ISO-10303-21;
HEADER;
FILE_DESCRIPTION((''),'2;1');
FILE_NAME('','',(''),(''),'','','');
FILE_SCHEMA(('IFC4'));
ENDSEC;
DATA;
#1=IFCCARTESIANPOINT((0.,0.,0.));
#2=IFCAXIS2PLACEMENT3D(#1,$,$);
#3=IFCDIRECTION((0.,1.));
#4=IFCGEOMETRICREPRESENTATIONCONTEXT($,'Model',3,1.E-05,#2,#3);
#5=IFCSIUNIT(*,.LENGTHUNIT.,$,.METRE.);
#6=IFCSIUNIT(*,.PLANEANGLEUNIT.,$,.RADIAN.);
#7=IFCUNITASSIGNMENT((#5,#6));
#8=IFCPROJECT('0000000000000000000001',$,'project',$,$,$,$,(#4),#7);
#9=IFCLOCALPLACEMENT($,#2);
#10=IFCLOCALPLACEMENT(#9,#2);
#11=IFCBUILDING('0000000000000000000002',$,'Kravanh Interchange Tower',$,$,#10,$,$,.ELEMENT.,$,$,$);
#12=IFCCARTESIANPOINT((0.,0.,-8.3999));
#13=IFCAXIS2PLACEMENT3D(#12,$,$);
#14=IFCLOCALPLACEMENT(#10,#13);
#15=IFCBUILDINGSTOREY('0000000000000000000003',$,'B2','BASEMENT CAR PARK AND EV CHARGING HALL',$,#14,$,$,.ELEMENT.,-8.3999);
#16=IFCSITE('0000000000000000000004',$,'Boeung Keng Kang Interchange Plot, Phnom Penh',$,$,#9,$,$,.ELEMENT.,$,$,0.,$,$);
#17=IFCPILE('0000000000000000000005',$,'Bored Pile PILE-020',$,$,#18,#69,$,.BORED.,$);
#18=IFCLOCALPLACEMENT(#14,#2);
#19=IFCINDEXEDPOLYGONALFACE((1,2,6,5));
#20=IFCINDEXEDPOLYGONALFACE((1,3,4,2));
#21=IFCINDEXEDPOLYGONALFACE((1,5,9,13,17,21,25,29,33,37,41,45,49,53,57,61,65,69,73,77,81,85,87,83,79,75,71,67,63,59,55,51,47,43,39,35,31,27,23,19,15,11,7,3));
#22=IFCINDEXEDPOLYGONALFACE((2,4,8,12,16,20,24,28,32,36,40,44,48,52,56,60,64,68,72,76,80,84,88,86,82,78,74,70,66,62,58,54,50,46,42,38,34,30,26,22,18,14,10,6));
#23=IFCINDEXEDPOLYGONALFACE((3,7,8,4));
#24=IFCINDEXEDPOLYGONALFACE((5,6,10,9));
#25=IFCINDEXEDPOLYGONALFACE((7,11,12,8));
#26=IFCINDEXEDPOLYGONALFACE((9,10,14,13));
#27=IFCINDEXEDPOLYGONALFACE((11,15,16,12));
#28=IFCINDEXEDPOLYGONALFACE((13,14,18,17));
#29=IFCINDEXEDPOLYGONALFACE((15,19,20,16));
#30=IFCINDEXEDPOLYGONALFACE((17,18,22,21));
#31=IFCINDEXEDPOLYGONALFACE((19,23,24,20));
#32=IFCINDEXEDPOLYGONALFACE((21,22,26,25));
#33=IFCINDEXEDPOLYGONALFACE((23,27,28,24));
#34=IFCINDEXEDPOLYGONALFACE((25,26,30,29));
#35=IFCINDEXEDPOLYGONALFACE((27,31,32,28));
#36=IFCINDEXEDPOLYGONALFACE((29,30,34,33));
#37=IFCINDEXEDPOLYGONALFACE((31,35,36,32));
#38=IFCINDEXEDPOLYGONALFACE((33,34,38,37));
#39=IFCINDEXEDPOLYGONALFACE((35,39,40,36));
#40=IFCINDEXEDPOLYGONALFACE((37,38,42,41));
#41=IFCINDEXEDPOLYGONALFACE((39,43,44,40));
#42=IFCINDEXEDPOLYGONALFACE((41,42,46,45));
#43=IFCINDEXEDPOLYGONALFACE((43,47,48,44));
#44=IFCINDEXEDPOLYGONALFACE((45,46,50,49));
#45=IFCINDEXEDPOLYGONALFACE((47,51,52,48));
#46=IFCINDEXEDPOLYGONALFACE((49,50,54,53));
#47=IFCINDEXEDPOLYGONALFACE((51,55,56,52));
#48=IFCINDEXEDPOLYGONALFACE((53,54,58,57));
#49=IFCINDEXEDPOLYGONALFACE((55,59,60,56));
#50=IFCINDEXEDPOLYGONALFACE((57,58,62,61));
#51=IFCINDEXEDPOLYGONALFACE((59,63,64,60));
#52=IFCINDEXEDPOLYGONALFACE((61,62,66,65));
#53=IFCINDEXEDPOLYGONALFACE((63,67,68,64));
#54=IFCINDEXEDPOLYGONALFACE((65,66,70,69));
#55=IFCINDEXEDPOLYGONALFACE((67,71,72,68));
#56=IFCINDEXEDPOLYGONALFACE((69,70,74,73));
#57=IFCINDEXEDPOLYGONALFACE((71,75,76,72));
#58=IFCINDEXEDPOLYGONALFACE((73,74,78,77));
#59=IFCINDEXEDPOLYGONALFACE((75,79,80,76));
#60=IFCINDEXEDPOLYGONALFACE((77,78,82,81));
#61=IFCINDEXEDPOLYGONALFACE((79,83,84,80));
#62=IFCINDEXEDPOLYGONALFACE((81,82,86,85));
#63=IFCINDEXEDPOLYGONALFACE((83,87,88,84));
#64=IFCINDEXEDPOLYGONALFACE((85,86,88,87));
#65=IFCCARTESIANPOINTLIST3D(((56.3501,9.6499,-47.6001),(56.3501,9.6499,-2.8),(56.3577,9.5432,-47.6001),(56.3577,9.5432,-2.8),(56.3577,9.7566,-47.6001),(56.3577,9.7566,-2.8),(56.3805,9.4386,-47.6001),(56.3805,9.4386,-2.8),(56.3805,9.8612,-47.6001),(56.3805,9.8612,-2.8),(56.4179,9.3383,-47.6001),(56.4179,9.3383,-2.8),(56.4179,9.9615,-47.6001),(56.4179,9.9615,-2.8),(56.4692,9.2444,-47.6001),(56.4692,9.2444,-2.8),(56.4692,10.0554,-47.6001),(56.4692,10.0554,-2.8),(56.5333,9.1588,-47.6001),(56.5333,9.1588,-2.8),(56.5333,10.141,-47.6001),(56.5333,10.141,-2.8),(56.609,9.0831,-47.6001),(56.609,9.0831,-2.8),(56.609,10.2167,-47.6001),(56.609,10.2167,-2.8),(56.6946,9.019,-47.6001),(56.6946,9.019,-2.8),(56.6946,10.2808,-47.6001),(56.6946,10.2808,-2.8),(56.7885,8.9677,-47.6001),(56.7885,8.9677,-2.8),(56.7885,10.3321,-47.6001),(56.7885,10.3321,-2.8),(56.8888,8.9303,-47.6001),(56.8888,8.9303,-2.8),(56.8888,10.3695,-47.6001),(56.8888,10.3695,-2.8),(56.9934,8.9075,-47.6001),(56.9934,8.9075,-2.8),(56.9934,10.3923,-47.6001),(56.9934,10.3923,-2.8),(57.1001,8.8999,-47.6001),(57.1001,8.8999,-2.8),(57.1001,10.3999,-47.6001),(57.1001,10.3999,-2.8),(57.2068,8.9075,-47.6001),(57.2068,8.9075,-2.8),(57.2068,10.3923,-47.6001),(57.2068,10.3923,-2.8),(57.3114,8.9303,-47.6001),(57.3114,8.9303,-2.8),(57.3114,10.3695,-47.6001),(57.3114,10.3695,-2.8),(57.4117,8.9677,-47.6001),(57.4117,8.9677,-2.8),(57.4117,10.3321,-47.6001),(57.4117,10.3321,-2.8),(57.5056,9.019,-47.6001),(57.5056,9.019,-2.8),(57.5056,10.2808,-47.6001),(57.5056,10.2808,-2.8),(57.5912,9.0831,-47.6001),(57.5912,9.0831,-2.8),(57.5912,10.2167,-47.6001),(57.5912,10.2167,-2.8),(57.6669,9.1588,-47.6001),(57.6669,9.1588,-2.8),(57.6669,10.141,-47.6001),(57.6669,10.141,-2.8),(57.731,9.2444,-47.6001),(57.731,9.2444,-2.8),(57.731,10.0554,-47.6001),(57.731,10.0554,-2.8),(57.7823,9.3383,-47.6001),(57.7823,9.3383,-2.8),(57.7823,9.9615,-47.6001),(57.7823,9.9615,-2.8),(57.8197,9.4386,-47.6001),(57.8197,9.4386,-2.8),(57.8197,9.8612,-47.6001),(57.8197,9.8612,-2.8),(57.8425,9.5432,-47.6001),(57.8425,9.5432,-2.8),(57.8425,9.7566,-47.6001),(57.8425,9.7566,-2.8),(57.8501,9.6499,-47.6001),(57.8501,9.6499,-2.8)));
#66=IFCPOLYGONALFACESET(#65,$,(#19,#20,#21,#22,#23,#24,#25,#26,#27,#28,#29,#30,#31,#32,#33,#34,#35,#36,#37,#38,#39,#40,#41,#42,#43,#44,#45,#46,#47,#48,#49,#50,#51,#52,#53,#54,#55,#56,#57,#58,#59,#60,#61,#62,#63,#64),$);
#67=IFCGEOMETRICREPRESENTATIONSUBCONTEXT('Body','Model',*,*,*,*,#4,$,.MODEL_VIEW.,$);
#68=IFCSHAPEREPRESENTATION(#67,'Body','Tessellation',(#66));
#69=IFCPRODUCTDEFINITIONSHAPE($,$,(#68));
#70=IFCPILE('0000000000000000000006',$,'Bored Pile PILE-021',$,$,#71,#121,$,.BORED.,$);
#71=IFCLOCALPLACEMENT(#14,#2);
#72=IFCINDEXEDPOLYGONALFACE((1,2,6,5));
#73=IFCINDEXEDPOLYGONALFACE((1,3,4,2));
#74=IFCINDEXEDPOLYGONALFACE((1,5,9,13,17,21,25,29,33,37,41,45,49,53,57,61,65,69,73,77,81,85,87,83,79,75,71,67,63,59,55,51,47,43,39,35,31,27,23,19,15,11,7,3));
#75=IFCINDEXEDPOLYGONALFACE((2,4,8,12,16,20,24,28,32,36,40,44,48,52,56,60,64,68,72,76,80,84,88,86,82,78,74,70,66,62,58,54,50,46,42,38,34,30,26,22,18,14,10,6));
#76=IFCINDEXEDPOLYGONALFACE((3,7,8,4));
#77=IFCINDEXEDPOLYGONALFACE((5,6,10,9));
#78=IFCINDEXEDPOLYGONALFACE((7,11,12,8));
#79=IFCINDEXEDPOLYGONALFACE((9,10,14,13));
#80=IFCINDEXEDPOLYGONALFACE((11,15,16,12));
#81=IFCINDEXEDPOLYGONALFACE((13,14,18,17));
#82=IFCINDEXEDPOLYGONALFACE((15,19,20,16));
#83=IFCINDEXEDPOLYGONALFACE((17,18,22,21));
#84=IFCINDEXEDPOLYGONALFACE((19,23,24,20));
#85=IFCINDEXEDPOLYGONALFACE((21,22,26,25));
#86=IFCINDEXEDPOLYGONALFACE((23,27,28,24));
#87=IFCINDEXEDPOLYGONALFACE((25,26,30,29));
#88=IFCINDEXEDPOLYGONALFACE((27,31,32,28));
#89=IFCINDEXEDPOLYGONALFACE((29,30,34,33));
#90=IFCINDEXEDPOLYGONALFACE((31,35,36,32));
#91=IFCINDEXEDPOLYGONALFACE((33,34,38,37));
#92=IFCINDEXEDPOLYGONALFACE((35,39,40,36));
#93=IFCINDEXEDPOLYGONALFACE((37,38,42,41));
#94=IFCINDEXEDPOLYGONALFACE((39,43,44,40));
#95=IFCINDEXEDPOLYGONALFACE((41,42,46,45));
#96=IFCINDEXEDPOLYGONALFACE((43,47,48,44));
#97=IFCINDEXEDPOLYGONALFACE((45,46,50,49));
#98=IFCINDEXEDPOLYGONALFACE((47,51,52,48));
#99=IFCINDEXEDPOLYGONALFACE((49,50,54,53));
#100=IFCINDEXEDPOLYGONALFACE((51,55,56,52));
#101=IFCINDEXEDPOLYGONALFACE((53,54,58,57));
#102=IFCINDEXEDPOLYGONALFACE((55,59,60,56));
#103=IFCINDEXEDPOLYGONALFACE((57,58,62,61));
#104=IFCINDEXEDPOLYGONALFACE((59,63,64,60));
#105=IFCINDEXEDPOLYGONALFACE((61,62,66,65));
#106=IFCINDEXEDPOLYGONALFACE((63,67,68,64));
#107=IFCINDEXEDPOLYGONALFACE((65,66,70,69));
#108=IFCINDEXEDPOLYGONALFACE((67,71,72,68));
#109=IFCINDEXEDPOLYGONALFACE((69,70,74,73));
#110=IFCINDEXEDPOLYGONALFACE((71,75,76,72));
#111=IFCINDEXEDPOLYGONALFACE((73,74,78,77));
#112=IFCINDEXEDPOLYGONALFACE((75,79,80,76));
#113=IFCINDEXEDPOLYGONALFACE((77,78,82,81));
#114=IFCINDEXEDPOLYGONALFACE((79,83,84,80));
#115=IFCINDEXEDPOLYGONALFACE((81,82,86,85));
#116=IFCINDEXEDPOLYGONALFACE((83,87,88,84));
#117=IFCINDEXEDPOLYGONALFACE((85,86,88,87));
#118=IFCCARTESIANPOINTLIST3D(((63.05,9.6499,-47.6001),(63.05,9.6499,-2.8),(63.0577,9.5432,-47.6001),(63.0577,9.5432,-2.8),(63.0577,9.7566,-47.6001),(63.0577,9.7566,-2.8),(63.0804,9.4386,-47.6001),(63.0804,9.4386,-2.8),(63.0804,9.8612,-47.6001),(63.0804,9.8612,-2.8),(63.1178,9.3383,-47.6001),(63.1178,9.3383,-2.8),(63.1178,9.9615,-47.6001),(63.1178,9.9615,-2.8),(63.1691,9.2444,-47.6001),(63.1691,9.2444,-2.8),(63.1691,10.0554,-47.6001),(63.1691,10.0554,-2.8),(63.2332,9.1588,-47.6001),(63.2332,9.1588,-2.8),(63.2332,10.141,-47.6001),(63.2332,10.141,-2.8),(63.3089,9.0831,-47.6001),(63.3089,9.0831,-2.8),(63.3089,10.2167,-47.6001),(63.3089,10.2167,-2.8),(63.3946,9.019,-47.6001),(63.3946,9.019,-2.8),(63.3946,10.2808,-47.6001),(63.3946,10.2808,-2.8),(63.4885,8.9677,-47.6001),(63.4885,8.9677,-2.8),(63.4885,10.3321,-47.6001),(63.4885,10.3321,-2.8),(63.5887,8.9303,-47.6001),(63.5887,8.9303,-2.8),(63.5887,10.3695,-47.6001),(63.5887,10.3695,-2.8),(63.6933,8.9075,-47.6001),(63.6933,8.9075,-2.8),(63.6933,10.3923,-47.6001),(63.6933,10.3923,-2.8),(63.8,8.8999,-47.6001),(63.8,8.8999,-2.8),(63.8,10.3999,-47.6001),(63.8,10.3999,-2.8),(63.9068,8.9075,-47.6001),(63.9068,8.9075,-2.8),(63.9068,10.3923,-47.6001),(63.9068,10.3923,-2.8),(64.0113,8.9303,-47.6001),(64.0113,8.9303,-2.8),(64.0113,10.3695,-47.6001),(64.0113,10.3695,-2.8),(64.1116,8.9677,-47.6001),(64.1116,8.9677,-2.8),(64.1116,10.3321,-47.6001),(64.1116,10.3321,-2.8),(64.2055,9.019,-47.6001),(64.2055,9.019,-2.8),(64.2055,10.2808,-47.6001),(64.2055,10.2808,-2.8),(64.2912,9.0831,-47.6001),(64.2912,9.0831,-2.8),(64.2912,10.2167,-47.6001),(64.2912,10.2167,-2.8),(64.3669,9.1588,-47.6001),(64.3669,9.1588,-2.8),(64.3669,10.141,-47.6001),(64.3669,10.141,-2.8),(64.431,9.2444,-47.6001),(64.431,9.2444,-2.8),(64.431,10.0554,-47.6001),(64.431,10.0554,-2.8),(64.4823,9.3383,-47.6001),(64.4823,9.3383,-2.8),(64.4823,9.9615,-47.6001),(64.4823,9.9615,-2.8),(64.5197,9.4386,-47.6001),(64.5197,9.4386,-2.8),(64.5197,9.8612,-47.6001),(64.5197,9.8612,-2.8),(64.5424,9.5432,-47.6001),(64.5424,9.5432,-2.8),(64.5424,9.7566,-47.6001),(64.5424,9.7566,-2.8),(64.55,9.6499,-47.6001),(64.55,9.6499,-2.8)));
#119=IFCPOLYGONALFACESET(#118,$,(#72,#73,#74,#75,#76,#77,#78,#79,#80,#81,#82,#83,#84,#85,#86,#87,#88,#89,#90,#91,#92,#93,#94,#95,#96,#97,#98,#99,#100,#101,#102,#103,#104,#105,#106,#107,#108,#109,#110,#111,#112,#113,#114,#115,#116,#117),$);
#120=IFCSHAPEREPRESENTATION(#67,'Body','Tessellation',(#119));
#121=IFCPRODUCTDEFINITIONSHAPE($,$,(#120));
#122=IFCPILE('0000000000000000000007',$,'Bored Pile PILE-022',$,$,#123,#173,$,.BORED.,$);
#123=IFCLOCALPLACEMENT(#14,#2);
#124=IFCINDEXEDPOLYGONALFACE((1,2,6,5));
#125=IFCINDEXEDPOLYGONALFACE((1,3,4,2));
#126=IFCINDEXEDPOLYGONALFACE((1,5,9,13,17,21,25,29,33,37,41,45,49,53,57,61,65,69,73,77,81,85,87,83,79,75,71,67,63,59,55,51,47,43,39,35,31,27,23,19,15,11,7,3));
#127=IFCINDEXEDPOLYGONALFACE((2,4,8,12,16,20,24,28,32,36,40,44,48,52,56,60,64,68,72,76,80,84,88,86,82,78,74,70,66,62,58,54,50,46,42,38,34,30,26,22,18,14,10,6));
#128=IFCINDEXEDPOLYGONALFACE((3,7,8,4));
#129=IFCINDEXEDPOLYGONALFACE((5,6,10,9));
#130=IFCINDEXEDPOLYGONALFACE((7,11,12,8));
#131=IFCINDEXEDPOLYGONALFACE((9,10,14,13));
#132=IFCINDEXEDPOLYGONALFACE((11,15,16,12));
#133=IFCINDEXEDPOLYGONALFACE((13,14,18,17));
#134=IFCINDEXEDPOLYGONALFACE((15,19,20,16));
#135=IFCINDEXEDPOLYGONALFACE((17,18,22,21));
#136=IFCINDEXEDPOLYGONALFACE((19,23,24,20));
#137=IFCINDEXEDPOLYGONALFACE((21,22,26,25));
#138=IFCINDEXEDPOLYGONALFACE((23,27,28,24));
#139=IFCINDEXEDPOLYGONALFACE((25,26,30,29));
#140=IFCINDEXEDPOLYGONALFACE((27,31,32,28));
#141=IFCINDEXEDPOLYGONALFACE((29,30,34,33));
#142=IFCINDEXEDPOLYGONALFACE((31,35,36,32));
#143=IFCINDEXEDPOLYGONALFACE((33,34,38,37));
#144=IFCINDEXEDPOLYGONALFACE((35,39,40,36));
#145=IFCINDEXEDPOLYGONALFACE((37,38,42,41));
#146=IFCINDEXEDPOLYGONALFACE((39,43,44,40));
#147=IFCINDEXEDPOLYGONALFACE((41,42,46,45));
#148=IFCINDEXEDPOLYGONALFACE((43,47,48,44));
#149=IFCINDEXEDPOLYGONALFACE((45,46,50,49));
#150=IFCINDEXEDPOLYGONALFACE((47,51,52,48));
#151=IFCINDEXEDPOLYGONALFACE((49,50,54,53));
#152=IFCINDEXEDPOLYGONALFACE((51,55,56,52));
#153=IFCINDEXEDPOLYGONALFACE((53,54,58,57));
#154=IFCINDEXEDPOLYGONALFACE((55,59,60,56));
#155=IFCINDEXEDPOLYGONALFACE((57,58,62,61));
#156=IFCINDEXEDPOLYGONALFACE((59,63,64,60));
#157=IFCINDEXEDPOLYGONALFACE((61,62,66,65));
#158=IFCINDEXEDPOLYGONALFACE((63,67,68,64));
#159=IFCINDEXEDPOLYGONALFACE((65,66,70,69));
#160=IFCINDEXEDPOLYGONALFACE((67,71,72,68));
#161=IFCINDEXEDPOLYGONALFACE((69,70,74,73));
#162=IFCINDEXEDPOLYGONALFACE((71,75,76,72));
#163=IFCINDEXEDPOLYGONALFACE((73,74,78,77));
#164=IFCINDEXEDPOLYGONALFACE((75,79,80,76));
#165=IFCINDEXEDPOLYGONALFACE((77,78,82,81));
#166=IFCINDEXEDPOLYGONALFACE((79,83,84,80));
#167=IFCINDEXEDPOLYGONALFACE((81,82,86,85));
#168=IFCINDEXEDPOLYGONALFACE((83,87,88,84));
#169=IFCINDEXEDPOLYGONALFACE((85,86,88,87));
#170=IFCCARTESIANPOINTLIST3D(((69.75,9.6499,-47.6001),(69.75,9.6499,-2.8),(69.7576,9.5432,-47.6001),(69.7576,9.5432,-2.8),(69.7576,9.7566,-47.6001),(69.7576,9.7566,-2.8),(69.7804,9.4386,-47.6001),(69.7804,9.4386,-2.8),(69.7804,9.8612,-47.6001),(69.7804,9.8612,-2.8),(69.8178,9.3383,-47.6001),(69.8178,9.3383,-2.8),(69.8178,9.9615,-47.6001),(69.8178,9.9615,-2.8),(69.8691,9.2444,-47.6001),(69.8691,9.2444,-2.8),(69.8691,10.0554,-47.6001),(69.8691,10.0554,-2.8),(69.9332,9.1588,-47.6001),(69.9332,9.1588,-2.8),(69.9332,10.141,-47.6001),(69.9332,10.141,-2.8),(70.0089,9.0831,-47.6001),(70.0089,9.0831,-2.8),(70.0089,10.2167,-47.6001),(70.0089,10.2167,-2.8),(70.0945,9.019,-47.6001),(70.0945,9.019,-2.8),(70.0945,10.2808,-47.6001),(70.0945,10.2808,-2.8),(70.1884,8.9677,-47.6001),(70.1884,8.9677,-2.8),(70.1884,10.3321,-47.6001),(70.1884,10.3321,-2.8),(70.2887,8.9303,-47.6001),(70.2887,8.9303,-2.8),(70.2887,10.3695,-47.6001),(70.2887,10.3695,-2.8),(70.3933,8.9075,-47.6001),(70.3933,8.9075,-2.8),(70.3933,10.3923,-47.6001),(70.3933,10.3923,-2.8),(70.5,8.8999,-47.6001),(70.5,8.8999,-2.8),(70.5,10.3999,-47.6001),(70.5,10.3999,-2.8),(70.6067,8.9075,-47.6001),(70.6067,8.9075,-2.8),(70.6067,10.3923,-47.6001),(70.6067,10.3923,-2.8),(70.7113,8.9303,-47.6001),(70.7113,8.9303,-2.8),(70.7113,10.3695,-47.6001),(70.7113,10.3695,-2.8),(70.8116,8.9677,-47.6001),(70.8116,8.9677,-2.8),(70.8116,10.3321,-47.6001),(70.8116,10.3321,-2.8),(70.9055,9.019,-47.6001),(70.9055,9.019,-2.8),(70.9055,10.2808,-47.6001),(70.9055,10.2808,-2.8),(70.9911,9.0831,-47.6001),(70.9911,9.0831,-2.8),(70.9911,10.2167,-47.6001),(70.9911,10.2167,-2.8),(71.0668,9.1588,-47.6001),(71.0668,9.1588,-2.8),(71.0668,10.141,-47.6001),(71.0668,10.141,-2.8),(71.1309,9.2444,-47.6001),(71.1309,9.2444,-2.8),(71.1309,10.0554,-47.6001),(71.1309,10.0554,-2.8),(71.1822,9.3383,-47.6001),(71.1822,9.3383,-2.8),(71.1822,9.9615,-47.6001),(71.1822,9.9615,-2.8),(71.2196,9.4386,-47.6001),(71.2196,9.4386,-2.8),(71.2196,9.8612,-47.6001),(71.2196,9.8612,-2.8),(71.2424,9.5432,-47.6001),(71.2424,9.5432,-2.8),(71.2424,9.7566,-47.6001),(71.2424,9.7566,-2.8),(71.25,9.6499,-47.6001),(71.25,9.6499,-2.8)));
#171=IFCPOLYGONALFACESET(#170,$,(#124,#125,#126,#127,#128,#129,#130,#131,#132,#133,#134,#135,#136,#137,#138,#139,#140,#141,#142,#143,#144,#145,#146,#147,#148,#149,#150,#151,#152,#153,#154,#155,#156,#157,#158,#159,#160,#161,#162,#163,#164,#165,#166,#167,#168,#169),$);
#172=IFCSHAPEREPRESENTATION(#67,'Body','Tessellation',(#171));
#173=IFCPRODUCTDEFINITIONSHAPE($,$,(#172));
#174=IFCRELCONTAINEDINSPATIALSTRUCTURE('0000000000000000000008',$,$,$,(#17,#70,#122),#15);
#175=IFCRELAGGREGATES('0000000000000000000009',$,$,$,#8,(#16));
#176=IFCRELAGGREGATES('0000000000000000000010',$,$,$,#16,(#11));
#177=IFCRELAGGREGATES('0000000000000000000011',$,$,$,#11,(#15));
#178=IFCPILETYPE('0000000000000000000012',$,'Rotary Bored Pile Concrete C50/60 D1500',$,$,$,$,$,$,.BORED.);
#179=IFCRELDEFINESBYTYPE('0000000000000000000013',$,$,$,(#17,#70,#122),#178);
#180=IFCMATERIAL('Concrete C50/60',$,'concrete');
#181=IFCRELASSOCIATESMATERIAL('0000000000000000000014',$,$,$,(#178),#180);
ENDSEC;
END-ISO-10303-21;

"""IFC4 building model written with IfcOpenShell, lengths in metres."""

from ifc_helpers import new_model, si_unit, direction, frame, origin, origin_2d, place, context, subcontext, project, spatial, circle, extrude, material, material_profile, profile_set, type_object, element, save


model = new_model("IFC4")

# Units and contexts
model_context = context("Model", 3, precision=1e-05, world=origin(), true_north=direction((0.0, 1.0)))
body_context = subcontext(model_context, "Body", "Model", "MODEL_VIEW")
ifc_project = project(units=[si_unit("LENGTHUNIT", "METRE"), si_unit("PLANEANGLEUNIT", "RADIAN")], contexts=[model_context])

# Site, building, storey
site_placement = place(None, origin())
site = spatial("IfcSite", under=ifc_project, at=site_placement, Name="Boeung Keng Kang Interchange Plot, Phnom Penh", CompositionType="ELEMENT", RefElevation=0.0)
building_placement = place(site_placement, origin())
building = spatial("IfcBuilding", under=site, at=building_placement, Name="Kravanh Interchange Tower", CompositionType="ELEMENT")
storey_placement = place(building_placement, frame((0.0, 0.0, -8.3999)))
storey = spatial("IfcBuildingStorey", under=building, at=storey_placement, Name="B2", Description="BASEMENT CAR PARK AND EV CHARGING HALL", CompositionType="ELEMENT", Elevation=-8.3999)

# Piles
ifc_material_1 = material(Name="Concrete C50/60", Category="concrete")
ifc_material_profile_1 = material_profile(ifc_material_1, circle(Radius=0.75, at=origin_2d()), Name="PILE-D1500")
ifc_profile_set_1 = profile_set([ifc_material_profile_1], Name="Concrete C50/60")
pile_type = type_object("IfcPileType", Name="Rotary Bored Pile Concrete C50/60 D1500", PredefinedType="BORED", material=ifc_profile_set_1)
for number, where, z_axis, x_axis, name in (
    (1, (57.1001, 9.6499, -2.8), (0.0, 0.0, -1.0), (1.0, 0.0, 0.0), "Bored Pile PILE-020"),
    (2, (63.8, 9.6499, -2.8), (0.0, 0.0, -1.0), (1.0, 0.0, 0.0), "Bored Pile PILE-021"),
    (3, (70.5, 9.6499, -2.8), (0.0, 0.0, -1.0), (1.0, 0.0, 0.0), "Bored Pile PILE-022"),
):
    element("IfcPile", number, at=place(storey_placement, frame(where, z_axis=z_axis, x_axis=x_axis)), inside=storey, type_object=pile_type, Name=name, PredefinedType="BORED", context=body_context, shape_type="SweptSolid", body=[
        extrude(circle(Radius=0.75, at=origin_2d()), origin(), (0.0, 0.0, 1.0), 44.8),
    ])

save(model, "model.ifc")
